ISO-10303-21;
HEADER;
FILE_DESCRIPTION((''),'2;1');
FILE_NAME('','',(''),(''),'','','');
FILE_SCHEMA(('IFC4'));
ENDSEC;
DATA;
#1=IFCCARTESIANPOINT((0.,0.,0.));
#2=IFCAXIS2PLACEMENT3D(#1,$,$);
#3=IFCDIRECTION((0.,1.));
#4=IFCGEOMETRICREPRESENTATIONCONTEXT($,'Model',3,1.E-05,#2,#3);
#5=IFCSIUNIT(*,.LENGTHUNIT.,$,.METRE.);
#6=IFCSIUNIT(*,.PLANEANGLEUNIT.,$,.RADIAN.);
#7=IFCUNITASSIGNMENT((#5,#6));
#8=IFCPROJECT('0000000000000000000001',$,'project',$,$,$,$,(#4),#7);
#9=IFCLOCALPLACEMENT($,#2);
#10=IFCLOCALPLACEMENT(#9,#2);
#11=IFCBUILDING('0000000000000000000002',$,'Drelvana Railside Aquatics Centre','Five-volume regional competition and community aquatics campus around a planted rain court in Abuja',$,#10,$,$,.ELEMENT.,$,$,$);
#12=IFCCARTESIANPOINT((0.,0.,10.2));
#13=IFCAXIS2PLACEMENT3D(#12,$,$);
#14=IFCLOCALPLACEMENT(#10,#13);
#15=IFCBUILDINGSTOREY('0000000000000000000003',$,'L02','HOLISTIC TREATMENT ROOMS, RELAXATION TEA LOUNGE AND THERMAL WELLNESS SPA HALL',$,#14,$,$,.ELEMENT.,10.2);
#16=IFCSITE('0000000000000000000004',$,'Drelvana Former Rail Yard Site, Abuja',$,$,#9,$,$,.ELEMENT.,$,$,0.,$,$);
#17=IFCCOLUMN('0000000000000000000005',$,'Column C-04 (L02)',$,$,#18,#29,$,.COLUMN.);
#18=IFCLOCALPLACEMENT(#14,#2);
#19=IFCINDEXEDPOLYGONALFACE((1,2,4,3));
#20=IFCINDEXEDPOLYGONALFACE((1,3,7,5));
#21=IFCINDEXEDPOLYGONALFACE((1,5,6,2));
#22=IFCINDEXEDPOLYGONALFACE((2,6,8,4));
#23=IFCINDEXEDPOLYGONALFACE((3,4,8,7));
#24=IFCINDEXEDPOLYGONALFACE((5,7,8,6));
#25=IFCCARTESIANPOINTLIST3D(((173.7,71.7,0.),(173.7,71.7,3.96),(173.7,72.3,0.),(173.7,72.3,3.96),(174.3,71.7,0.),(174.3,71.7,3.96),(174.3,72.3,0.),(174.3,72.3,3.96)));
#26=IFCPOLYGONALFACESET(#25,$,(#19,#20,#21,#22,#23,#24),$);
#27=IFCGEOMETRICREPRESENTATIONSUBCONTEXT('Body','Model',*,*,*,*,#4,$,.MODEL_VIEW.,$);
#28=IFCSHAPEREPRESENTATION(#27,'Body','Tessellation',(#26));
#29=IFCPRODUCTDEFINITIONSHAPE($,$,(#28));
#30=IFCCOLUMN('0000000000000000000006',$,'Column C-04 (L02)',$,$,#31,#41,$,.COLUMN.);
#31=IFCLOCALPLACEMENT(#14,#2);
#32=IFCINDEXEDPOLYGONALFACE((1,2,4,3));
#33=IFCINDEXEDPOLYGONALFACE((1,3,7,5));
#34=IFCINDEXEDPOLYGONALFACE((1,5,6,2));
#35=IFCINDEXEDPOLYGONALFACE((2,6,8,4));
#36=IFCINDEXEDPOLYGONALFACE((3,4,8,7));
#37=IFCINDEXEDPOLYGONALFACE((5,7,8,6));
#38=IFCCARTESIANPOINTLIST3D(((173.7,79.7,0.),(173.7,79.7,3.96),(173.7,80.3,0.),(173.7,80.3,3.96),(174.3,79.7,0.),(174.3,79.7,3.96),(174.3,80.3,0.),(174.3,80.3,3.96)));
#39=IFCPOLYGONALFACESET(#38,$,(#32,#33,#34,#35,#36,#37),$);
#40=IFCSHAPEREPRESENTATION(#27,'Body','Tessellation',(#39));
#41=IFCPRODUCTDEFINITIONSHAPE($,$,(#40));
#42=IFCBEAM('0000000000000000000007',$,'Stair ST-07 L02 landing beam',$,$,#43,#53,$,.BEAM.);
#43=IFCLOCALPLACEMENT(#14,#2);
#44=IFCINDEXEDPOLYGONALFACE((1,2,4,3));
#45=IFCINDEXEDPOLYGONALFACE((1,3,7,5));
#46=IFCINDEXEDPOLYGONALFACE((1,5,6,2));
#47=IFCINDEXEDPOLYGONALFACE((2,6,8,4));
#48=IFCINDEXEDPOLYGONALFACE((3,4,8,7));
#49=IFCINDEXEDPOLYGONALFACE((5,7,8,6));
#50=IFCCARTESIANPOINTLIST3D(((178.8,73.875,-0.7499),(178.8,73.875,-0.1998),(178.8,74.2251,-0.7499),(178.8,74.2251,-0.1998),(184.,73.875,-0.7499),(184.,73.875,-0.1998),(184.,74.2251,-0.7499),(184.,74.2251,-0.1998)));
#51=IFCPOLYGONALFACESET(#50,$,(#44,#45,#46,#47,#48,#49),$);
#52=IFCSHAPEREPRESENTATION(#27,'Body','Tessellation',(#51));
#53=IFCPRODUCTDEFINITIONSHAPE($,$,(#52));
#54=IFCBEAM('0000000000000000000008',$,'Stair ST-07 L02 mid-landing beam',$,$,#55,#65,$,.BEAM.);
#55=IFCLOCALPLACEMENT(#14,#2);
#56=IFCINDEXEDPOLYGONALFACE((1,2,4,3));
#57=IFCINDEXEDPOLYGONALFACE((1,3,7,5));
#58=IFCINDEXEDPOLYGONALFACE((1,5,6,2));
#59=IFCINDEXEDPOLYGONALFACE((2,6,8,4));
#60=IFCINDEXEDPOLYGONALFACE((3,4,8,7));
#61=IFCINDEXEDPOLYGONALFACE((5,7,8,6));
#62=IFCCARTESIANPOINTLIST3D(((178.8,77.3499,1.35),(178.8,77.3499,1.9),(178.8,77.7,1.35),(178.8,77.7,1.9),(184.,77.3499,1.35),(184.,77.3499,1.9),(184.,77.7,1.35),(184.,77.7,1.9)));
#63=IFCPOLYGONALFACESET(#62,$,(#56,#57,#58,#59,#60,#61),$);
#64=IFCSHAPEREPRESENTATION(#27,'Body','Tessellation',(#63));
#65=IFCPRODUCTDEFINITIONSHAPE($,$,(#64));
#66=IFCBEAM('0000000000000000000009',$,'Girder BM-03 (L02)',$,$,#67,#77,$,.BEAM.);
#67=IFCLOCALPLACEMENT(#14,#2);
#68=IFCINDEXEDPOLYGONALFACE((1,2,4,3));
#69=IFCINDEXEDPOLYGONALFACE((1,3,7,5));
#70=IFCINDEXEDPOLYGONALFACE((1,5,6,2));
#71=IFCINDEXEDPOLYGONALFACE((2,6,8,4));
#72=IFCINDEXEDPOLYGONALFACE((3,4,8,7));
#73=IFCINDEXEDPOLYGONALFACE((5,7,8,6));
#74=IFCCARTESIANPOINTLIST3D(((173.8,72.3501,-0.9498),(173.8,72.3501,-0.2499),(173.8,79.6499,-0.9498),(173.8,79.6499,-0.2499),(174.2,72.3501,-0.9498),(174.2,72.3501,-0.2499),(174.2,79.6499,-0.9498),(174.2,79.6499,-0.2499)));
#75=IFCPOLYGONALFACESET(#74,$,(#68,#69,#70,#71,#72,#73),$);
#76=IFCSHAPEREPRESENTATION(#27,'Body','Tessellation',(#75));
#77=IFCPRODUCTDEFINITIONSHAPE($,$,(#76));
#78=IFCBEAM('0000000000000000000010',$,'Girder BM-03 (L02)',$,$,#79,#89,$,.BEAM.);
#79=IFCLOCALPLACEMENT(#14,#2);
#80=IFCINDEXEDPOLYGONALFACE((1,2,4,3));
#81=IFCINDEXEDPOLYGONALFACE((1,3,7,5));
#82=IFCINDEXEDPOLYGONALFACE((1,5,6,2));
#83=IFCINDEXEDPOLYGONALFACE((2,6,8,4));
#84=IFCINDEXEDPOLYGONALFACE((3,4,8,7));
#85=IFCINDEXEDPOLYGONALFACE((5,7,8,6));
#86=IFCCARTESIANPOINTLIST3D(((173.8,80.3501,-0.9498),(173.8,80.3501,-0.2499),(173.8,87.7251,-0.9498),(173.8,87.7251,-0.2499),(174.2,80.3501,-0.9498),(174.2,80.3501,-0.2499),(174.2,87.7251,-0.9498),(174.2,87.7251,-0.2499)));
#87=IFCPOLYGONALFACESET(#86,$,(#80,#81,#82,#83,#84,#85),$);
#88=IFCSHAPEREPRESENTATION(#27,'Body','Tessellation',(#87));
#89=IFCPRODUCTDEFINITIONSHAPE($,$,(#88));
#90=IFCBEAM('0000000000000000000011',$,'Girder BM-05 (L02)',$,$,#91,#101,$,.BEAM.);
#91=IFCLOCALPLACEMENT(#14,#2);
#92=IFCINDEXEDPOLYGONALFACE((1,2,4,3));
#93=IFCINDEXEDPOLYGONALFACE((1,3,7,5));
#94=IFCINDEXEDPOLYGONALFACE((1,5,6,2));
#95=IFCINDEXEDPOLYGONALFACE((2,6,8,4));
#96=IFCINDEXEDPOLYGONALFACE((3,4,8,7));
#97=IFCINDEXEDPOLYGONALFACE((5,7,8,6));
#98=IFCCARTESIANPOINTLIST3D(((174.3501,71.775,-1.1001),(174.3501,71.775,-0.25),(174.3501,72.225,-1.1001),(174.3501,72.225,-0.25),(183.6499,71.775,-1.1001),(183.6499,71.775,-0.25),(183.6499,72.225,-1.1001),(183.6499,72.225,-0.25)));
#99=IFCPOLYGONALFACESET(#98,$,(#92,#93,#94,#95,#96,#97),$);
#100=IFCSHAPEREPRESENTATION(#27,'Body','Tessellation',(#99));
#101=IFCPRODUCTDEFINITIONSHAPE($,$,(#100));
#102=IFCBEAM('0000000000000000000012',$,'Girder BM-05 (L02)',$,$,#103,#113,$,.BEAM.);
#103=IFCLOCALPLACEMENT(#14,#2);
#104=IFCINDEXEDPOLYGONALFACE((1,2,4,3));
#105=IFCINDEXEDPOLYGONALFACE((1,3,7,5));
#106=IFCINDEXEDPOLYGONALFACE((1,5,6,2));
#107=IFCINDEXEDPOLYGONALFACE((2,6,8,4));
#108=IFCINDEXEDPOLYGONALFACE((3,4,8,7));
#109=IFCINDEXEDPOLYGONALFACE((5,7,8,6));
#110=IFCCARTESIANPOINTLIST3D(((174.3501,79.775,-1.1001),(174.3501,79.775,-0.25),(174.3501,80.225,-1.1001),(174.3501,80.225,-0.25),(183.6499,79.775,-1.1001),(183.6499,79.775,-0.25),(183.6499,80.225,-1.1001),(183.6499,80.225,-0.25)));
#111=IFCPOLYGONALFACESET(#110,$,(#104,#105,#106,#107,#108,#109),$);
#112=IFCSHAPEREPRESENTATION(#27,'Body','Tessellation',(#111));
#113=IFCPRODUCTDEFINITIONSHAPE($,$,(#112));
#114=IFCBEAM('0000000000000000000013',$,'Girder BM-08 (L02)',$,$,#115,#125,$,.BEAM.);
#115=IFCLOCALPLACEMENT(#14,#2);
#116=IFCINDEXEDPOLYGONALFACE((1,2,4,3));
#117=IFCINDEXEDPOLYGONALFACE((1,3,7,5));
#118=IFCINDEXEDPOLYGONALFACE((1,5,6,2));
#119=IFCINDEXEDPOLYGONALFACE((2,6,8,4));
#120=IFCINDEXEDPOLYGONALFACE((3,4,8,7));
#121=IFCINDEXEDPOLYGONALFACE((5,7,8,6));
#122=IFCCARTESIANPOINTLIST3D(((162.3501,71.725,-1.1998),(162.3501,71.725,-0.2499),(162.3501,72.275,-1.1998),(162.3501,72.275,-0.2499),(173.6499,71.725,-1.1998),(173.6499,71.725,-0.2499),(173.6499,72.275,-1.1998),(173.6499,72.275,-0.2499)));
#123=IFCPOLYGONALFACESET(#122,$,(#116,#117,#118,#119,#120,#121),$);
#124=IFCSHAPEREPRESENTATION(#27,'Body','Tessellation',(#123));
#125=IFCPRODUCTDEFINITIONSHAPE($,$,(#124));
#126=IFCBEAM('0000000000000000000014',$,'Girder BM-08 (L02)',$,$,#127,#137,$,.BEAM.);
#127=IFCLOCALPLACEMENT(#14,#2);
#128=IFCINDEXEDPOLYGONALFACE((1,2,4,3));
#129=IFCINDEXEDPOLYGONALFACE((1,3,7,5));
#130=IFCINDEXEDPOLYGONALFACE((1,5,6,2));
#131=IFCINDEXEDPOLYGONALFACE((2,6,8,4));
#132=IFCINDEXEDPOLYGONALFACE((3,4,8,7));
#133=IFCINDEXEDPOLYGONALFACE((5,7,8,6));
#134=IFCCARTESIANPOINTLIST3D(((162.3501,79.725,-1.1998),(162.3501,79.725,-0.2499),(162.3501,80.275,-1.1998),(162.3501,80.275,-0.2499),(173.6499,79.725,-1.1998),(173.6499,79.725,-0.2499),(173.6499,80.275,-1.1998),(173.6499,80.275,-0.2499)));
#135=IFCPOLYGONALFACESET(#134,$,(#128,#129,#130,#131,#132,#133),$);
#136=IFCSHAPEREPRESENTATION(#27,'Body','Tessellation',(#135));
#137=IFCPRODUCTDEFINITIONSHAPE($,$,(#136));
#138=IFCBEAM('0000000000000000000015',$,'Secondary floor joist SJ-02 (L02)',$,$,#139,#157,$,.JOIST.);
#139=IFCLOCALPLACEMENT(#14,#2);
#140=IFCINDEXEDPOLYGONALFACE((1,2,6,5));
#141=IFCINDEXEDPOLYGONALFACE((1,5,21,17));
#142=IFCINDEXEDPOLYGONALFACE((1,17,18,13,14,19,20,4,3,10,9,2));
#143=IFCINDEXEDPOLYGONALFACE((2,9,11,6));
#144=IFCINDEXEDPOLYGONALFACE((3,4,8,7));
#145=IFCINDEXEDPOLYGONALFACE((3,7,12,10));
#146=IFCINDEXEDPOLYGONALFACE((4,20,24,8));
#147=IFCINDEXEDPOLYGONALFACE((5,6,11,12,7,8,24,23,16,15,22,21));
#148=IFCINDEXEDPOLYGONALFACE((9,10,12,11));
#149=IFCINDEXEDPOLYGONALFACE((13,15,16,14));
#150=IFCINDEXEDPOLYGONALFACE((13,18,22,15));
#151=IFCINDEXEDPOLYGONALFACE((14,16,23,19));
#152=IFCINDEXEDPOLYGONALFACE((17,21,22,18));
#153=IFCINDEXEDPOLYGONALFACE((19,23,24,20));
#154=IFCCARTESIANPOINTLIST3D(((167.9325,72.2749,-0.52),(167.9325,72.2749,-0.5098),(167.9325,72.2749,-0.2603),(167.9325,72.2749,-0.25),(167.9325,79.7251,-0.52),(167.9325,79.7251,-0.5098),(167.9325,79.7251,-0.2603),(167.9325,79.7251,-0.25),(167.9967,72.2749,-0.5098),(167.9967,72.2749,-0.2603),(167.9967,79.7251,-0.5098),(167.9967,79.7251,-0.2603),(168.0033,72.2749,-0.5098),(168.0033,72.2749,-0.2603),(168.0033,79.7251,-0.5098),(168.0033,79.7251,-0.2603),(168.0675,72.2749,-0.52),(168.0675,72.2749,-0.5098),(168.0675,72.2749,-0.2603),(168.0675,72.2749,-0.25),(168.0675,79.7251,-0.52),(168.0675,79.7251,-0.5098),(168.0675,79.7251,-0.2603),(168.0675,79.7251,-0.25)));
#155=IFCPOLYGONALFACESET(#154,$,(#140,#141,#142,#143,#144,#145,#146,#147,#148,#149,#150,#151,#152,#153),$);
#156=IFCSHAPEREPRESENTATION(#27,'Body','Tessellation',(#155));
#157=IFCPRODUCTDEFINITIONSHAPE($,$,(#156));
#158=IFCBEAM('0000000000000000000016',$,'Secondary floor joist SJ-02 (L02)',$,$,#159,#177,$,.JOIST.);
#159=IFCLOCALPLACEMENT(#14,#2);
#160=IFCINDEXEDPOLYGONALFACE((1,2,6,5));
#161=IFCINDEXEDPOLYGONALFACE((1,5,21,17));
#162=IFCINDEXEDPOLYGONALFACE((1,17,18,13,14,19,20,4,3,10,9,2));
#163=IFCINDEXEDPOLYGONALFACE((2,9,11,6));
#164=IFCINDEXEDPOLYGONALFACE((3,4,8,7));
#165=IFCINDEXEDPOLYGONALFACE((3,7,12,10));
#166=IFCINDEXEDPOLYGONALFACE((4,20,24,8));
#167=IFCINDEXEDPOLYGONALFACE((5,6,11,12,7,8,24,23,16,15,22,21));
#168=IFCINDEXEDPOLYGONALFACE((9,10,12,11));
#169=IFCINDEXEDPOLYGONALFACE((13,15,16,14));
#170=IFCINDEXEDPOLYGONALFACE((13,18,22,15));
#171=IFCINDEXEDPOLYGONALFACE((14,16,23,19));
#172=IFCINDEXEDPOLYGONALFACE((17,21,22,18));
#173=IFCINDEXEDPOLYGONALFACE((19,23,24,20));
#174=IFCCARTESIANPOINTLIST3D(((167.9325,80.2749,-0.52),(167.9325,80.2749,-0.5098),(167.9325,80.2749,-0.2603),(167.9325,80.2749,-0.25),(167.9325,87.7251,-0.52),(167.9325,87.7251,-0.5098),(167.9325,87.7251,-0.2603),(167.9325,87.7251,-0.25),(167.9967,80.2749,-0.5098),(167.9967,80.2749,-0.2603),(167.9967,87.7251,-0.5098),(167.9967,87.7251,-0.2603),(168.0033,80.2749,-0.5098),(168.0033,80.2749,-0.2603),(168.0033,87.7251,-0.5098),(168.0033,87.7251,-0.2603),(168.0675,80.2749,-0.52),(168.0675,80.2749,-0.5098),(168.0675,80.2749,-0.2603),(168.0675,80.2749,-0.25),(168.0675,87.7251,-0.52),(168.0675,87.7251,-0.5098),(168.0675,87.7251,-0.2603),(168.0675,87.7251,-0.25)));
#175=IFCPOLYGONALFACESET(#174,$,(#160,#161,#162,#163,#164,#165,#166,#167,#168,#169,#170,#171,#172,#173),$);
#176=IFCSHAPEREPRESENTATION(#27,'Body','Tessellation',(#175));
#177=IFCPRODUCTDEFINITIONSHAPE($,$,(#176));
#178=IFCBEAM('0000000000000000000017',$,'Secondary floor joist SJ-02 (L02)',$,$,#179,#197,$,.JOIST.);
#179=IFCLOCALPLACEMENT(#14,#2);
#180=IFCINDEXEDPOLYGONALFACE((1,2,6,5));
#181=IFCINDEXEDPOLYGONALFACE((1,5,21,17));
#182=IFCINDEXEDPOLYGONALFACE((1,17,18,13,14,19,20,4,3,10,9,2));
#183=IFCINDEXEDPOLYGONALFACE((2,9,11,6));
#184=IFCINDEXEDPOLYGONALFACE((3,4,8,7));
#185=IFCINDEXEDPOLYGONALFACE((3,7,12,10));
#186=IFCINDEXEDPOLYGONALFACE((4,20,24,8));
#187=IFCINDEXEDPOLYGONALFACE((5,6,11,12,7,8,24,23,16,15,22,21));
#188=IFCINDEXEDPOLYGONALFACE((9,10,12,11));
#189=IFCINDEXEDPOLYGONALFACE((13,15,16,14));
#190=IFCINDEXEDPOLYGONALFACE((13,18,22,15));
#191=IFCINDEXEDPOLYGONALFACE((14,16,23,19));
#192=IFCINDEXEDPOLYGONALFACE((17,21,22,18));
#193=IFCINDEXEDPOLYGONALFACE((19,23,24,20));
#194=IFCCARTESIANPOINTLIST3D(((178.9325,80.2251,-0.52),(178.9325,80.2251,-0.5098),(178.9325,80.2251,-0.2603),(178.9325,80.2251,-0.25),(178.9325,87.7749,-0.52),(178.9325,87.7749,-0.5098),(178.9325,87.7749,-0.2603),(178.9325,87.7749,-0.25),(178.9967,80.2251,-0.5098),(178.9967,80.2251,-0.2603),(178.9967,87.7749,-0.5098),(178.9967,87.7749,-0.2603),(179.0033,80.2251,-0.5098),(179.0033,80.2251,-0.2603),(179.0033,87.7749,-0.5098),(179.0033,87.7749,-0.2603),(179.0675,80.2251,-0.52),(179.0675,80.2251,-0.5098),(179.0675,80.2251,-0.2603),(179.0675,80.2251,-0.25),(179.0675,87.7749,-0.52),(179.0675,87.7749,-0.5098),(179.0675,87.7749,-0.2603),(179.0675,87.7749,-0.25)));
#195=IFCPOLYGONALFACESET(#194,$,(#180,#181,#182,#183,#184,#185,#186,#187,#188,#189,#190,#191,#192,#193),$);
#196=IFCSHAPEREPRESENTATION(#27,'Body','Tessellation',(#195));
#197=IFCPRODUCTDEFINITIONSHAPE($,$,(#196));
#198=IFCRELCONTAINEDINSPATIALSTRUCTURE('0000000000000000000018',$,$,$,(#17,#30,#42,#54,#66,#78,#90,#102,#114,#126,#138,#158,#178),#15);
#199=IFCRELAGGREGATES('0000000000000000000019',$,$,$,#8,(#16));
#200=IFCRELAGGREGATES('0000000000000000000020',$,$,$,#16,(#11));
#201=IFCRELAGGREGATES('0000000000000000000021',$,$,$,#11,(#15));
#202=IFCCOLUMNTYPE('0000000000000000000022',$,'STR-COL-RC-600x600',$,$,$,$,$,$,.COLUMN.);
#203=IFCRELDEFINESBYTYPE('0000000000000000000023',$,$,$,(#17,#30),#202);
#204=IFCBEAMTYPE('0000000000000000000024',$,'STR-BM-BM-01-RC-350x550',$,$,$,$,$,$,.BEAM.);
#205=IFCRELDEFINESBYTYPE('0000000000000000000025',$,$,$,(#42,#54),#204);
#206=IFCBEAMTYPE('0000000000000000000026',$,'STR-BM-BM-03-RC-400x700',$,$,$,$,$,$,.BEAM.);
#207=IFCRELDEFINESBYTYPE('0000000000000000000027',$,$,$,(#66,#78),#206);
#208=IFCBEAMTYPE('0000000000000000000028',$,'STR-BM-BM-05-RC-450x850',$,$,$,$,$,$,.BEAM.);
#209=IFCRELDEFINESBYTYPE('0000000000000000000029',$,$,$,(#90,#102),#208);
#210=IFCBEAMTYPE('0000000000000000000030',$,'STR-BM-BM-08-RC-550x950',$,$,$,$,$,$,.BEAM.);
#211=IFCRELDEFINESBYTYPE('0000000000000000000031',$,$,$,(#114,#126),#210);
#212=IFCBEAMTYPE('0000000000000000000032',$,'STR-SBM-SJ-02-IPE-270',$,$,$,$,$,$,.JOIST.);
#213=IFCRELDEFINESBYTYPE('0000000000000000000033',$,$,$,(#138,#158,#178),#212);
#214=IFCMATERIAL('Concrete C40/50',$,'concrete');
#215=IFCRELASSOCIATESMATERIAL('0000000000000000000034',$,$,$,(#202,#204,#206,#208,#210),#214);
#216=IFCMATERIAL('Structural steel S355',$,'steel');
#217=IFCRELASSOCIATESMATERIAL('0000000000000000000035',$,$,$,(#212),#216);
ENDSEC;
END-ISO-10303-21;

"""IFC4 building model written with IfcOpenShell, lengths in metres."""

from ifc_helpers import new_model, si_unit, direction, frame, origin, origin_2d, place, context, subcontext, project, spatial, rectangle, i_section, extrude, material, material_profile, profile_set, type_object, element, save


model = new_model("IFC4")

# Units and contexts
model_context = context("Model", 3, precision=1e-05, world=origin(), true_north=direction((0.0, 1.0)))
body_context = subcontext(model_context, "Body", "Model", "MODEL_VIEW")
ifc_project = project(units=[si_unit("LENGTHUNIT", "METRE"), si_unit("PLANEANGLEUNIT", "RADIAN")], contexts=[model_context])

# Site, building, storey
site_placement = place(None, origin())
site = spatial("IfcSite", under=ifc_project, at=site_placement, Name="Drelvana Former Rail Yard Site, Abuja", CompositionType="ELEMENT", RefElevation=0.0)
building_placement = place(site_placement, origin())
building = spatial("IfcBuilding", under=site, at=building_placement, Name="Drelvana Railside Aquatics Centre", Description="Five-volume regional competition and community aquatics campus around a planted rain court in Abuja", CompositionType="ELEMENT")
storey_placement = place(building_placement, frame((0.0, 0.0, 10.2)))
storey = spatial("IfcBuildingStorey", under=building, at=storey_placement, Name="L02", Description="HOLISTIC TREATMENT ROOMS, RELAXATION TEA LOUNGE AND THERMAL WELLNESS SPA HALL", CompositionType="ELEMENT", Elevation=10.2)

# Columns
ifc_material_1 = material(Name="Concrete C40/50", Category="concrete")
ifc_material_profile_1 = material_profile(ifc_material_1, rectangle(XDim=0.6001, YDim=0.6001, at=origin_2d()), Name="RC 600x600")
ifc_profile_set_1 = profile_set([ifc_material_profile_1], Name="Concrete C40/50")
column_type = type_object("IfcColumnType", Name="STR-COL-RC-600x600", PredefinedType="COLUMN", material=ifc_profile_set_1)
for number, where, z_axis, x_axis, name in (
    (1, (174.0, 72.0, 0.0), (0.0, 0.0, 1.0), (1.0, 0.0, 0.0), "Column C-04 (L02)"),
    (2, (174.0, 80.0, 0.0), (0.0, 0.0, 1.0), (1.0, 0.0, 0.0), "Column C-04 (L02)"),
):
    element("IfcColumn", number, at=place(storey_placement, frame(where, z_axis=z_axis, x_axis=x_axis)), inside=storey, type_object=column_type, Name=name, PredefinedType="COLUMN", context=body_context, shape_type="SweptSolid", body=[
        extrude(rectangle(XDim=0.6001, YDim=0.6001, at=origin_2d()), origin(), (0.0, 0.0, 1.0), 3.96),
    ])

# Beams
ifc_material_profile_2 = material_profile(ifc_material_1, rectangle(XDim=0.3501, YDim=0.55, at=origin_2d()), Name="RC 350x550")
ifc_profile_set_2 = profile_set([ifc_material_profile_2], Name="Concrete C40/50")
beam_type_1 = type_object("IfcBeamType", Name="STR-BM-BM-01-RC-350x550", PredefinedType="BEAM", material=ifc_profile_set_2)
for number, where, z_axis, x_axis, name in (
    (3, (178.8, 74.05, -0.4749), (1.0, 0.0, 0.0), (0.0, 1.0, 0.0), "Stair ST-07 L02 landing beam"),
    (4, (178.8, 77.5249, 1.625), (1.0, 0.0, 0.0), (0.0, 1.0, 0.0), "Stair ST-07 L02 mid-landing beam"),
):
    element("IfcBeam", number, at=place(storey_placement, frame(where, z_axis=z_axis, x_axis=x_axis)), inside=storey, type_object=beam_type_1, Name=name, PredefinedType="BEAM", context=body_context, shape_type="SweptSolid", body=[
        extrude(rectangle(XDim=0.3501, YDim=0.55, at=origin_2d()), origin(), (0.0, 0.0, 1.0), 5.2),
    ])
ifc_material_profile_3 = material_profile(ifc_material_1, rectangle(XDim=0.3999, YDim=0.7, at=origin_2d()), Name="RC 400x700")
ifc_profile_set_3 = profile_set([ifc_material_profile_3], Name="Concrete C40/50")
beam_type_2 = type_object("IfcBeamType", Name="STR-BM-BM-03-RC-400x700", PredefinedType="BEAM", material=ifc_profile_set_3)
beam_1_placement = place(storey_placement, frame((174.0, 72.3501, -0.5999), z_axis=(0.0, 1.0, 0.0), x_axis=(-1.0, 0.0, 0.0)))
element("IfcBeam", 5, at=beam_1_placement, inside=storey, type_object=beam_type_2, Name="Girder BM-03 (L02)", PredefinedType="BEAM", context=body_context, shape_type="SweptSolid", body=[
    extrude(rectangle(XDim=0.3999, YDim=0.7, at=origin_2d()), origin(), (0.0, 0.0, 1.0), 7.2998),
])
beam_2_placement = place(storey_placement, frame((174.0, 80.3501, -0.5999), z_axis=(0.0, 1.0, 0.0), x_axis=(-1.0, 0.0, 0.0)))
element("IfcBeam", 6, at=beam_2_placement, inside=storey, type_object=beam_type_2, Name="Girder BM-03 (L02)", PredefinedType="BEAM", context=body_context, shape_type="SweptSolid", body=[
    extrude(rectangle(XDim=0.3999, YDim=0.7, at=origin_2d()), origin(), (0.0, 0.0, 1.0), 7.375),
])
ifc_material_profile_4 = material_profile(ifc_material_1, rectangle(XDim=0.45, YDim=0.8501, at=origin_2d()), Name="RC 450x850")
ifc_profile_set_4 = profile_set([ifc_material_profile_4], Name="Concrete C40/50")
beam_type_3 = type_object("IfcBeamType", Name="STR-BM-BM-05-RC-450x850", PredefinedType="BEAM", material=ifc_profile_set_4)
for number, where, z_axis, x_axis, name in (
    (7, (174.3501, 72.0, -0.675), (1.0, 0.0, 0.0), (0.0, 1.0, 0.0), "Girder BM-05 (L02)"),
    (8, (174.3501, 80.0, -0.675), (1.0, 0.0, 0.0), (0.0, 1.0, 0.0), "Girder BM-05 (L02)"),
):
    element("IfcBeam", number, at=place(storey_placement, frame(where, z_axis=z_axis, x_axis=x_axis)), inside=storey, type_object=beam_type_3, Name=name, PredefinedType="BEAM", context=body_context, shape_type="SweptSolid", body=[
        extrude(rectangle(XDim=0.45, YDim=0.8501, at=origin_2d()), origin(), (0.0, 0.0, 1.0), 9.2998),
    ])
ifc_material_profile_5 = material_profile(ifc_material_1, rectangle(XDim=0.55, YDim=0.95, at=origin_2d()), Name="RC 550x950")
ifc_profile_set_5 = profile_set([ifc_material_profile_5], Name="Concrete C40/50")
beam_type_4 = type_object("IfcBeamType", Name="STR-BM-BM-08-RC-550x950", PredefinedType="BEAM", material=ifc_profile_set_5)
for number, where, z_axis, x_axis, name in (
    (9, (162.3501, 72.0, -0.7249), (1.0, 0.0, 0.0), (0.0, 1.0, 0.0), "Girder BM-08 (L02)"),
    (10, (162.3501, 80.0, -0.7249), (1.0, 0.0, 0.0), (0.0, 1.0, 0.0), "Girder BM-08 (L02)"),
):
    element("IfcBeam", number, at=place(storey_placement, frame(where, z_axis=z_axis, x_axis=x_axis)), inside=storey, type_object=beam_type_4, Name=name, PredefinedType="BEAM", context=body_context, shape_type="SweptSolid", body=[
        extrude(rectangle(XDim=0.55, YDim=0.95, at=origin_2d()), origin(), (0.0, 0.0, 1.0), 11.2998),
    ])
ifc_material_2 = material(Name="Structural steel S355", Category="steel")
ifc_material_profile_6 = material_profile(ifc_material_2, i_section(OverallWidth=0.135, OverallDepth=0.27, WebThickness=0.0066, FlangeThickness=0.0103, at=origin_2d()), Name="IPE 270")
ifc_profile_set_6 = profile_set([ifc_material_profile_6], Name="Structural steel S355")
beam_type_5 = type_object("IfcBeamType", Name="STR-SBM-SJ-02-IPE-270", PredefinedType="JOIST", material=ifc_profile_set_6)
for number, where, z_axis, x_axis, name in (
    (11, (168.0, 72.2749, -0.385), (0.0, 1.0, 0.0), (-1.0, 0.0, 0.0), "Secondary floor joist SJ-02 (L02)"),
    (12, (168.0, 80.2749, -0.385), (0.0, 1.0, 0.0), (-1.0, 0.0, 0.0), "Secondary floor joist SJ-02 (L02)"),
):
    element("IfcBeam", number, at=place(storey_placement, frame(where, z_axis=z_axis, x_axis=x_axis)), inside=storey, type_object=beam_type_5, Name=name, PredefinedType="JOIST", context=body_context, shape_type="SweptSolid", body=[
        extrude(i_section(OverallWidth=0.135, OverallDepth=0.27, WebThickness=0.0066, FlangeThickness=0.0103, at=origin_2d()), origin(), (0.0, 0.0, 1.0), 7.4502),
    ])
beam_3_placement = place(storey_placement, frame((179.0, 80.2251, -0.385), z_axis=(0.0, 1.0, 0.0), x_axis=(-1.0, 0.0, 0.0)))
element("IfcBeam", 13, at=beam_3_placement, inside=storey, type_object=beam_type_5, Name="Secondary floor joist SJ-02 (L02)", PredefinedType="JOIST", context=body_context, shape_type="SweptSolid", body=[
    extrude(i_section(OverallWidth=0.135, OverallDepth=0.27, WebThickness=0.0066, FlangeThickness=0.0103, at=origin_2d()), origin(), (0.0, 0.0, 1.0), 7.5498),
])

save(model, "model.ifc")
